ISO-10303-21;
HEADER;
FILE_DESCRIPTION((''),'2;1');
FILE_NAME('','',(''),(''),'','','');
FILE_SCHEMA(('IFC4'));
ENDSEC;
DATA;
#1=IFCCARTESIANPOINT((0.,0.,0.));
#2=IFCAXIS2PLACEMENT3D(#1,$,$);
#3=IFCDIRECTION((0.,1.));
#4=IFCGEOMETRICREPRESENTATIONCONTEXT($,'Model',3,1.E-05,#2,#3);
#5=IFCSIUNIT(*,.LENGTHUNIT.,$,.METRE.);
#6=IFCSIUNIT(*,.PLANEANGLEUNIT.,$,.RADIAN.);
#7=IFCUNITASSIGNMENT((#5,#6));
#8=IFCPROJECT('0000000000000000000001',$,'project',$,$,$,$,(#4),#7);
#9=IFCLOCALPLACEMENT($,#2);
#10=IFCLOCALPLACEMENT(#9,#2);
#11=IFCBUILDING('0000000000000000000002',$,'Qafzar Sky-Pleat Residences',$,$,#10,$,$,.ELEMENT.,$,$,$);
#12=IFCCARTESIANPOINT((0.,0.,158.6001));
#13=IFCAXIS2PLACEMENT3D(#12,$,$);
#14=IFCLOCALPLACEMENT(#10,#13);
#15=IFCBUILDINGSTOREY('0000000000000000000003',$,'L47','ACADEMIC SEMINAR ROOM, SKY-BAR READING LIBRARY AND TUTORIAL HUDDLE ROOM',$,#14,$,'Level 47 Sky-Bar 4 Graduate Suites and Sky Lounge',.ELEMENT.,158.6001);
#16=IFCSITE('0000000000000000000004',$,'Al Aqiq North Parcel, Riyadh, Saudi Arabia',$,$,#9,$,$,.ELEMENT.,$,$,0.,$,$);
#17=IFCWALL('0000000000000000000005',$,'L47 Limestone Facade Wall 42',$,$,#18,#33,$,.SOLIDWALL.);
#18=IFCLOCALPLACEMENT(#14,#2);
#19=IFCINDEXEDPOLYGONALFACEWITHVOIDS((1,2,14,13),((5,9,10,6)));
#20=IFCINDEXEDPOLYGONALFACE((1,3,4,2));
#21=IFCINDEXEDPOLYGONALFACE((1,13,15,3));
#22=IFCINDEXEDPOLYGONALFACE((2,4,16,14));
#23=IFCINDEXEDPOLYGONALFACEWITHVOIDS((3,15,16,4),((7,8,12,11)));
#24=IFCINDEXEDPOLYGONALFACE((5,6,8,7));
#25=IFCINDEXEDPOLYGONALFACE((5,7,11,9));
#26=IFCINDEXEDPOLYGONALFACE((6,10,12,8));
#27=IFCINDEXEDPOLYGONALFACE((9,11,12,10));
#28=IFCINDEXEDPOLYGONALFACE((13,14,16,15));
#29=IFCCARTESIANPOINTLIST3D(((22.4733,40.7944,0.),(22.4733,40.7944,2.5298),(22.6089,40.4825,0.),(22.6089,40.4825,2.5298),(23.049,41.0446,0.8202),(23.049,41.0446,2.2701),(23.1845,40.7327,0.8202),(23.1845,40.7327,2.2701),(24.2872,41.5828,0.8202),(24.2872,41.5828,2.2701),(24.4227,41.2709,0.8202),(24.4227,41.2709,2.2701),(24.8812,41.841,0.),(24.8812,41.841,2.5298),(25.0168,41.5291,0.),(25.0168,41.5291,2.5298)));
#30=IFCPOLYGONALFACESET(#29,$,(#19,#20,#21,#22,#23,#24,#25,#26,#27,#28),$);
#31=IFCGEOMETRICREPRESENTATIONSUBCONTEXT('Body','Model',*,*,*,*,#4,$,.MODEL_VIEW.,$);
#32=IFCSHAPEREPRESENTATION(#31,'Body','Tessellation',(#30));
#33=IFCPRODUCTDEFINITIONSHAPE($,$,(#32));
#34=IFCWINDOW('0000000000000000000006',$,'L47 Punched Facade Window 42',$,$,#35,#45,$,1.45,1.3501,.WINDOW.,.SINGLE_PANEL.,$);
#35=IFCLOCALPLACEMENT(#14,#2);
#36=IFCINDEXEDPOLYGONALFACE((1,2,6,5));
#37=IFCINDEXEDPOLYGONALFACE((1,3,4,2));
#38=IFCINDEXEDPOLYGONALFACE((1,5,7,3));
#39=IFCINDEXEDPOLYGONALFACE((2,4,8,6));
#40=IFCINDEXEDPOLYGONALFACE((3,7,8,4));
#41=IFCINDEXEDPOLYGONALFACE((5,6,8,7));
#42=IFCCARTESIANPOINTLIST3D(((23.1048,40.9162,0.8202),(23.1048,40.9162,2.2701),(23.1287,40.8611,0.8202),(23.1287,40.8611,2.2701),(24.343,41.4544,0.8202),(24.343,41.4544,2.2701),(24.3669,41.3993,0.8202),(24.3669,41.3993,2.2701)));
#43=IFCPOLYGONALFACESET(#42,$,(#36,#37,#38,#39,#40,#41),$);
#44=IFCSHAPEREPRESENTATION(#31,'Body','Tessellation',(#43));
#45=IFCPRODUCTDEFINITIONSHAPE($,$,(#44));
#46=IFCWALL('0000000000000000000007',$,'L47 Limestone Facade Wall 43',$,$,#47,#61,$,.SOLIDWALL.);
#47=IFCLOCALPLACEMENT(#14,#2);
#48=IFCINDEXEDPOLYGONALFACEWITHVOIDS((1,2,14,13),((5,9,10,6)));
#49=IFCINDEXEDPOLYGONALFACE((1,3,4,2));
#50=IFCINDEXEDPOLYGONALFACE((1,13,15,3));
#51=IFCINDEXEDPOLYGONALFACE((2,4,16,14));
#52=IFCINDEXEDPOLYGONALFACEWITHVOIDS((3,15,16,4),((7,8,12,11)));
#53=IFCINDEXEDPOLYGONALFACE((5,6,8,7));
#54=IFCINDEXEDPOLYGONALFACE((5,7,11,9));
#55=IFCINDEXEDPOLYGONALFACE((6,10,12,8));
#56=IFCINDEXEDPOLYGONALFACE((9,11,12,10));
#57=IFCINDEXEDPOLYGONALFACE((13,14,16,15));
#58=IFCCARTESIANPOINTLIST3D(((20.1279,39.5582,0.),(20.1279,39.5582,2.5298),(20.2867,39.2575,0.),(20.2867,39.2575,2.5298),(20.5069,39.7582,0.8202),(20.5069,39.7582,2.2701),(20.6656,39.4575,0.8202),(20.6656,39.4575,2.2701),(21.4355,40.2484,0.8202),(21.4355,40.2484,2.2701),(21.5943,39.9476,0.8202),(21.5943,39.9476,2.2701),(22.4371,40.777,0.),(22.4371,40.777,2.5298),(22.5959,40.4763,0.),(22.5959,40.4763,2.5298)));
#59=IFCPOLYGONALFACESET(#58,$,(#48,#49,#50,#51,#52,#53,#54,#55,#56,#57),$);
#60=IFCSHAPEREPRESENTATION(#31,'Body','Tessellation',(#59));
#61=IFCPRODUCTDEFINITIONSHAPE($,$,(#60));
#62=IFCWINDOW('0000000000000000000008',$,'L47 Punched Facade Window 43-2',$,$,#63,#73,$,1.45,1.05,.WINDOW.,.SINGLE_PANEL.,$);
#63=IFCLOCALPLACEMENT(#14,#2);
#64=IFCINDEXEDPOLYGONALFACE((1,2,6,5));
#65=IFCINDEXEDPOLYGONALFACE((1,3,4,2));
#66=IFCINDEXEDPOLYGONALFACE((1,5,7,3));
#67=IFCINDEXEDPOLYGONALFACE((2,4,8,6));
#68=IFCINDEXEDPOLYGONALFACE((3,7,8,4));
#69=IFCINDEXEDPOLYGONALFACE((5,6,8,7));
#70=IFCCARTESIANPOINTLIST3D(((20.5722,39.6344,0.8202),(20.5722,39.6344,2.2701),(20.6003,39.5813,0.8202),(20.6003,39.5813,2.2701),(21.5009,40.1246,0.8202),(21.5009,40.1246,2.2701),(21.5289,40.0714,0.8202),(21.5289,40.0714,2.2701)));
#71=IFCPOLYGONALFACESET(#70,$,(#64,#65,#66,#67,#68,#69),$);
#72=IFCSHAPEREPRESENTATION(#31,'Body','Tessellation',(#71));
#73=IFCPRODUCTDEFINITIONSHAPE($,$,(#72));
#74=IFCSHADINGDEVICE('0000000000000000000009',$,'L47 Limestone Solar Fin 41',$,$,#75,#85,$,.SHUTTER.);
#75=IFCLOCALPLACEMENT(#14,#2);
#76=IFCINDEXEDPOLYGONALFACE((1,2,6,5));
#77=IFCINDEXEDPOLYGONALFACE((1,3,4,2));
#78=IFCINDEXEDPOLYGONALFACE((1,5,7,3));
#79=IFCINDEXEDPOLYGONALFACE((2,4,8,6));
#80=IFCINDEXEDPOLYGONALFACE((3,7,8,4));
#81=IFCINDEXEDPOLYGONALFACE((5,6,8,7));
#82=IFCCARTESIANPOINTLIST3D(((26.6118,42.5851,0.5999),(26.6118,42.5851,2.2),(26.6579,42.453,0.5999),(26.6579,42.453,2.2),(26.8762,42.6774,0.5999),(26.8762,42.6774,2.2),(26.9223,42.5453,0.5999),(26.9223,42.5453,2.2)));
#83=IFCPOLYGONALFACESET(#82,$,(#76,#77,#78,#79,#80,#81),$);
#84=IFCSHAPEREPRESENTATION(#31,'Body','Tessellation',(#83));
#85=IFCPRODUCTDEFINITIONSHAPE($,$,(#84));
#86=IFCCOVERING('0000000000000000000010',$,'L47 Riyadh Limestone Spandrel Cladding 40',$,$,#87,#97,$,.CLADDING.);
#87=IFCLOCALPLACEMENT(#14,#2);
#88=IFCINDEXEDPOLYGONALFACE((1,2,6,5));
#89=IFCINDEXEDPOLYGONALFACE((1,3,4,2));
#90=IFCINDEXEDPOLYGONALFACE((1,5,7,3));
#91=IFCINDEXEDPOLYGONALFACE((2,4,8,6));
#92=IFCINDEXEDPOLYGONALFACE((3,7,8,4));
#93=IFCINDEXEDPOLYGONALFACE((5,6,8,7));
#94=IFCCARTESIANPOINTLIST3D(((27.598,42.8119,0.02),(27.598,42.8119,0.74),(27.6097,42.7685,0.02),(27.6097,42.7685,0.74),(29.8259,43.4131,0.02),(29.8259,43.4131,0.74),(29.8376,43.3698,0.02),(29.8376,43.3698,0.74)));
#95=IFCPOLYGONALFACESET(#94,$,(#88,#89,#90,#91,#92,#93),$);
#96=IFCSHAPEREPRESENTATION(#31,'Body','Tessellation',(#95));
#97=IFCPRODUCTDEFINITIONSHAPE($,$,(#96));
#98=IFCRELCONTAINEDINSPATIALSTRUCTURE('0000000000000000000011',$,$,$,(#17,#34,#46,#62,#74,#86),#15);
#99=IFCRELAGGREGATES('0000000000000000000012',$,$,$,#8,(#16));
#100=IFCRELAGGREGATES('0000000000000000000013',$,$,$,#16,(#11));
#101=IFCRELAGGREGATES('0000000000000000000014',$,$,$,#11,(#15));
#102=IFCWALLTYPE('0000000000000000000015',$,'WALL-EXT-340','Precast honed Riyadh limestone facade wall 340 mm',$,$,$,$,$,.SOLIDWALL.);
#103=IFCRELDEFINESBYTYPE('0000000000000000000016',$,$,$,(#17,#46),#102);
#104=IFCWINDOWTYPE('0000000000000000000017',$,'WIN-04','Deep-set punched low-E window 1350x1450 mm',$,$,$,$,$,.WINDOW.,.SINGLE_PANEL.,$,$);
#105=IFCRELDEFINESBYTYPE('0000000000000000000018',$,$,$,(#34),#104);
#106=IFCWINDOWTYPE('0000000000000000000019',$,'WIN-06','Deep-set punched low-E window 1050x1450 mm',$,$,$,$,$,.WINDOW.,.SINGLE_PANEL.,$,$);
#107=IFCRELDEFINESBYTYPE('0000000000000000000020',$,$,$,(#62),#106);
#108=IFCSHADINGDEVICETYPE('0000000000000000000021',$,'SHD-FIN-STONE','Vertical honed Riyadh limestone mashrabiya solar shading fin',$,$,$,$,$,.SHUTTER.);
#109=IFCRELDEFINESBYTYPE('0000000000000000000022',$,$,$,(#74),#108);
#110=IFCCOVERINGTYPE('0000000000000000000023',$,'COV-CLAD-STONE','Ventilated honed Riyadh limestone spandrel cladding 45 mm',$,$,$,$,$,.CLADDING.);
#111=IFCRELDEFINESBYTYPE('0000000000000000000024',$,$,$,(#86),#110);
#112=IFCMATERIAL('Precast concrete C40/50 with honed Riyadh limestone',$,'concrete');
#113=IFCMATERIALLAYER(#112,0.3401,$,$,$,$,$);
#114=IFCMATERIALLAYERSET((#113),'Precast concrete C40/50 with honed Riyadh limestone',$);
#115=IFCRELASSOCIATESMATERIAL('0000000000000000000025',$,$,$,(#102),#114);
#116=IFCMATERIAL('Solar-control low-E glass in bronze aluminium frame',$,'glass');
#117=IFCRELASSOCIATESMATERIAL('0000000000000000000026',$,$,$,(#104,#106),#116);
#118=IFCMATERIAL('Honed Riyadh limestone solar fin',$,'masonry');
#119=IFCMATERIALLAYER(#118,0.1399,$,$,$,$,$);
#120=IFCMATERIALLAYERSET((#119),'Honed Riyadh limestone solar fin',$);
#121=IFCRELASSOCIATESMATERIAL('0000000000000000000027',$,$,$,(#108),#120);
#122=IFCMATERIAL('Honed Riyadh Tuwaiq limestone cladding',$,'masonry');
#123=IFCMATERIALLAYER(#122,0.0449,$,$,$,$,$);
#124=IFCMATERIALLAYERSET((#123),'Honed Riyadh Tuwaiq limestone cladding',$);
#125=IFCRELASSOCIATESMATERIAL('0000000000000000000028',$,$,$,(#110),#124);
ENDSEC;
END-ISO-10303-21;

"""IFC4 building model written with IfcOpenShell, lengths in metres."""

from ifc_helpers import new_model, si_unit, direction, frame, frame_2d, origin, origin_2d, place, context, subcontext, project, spatial, rectangle, extrude, source, transform, mapped, material, layer, layer_set, type_object, element, fill, save


model = new_model("IFC4")

# Units and contexts
model_context = context("Model", 3, precision=1e-05, world=origin(), true_north=direction((0.0, 1.0)))
body_context = subcontext(model_context, "Body", "Model", "MODEL_VIEW")
ifc_project = project(units=[si_unit("LENGTHUNIT", "METRE"), si_unit("PLANEANGLEUNIT", "RADIAN")], contexts=[model_context])

# Site, building, storey
site_placement = place(None, origin())
site = spatial("IfcSite", under=ifc_project, at=site_placement, Name="Al Aqiq North Parcel, Riyadh, Saudi Arabia", CompositionType="ELEMENT", RefElevation=0.0)
building_placement = place(site_placement, origin())
building = spatial("IfcBuilding", under=site, at=building_placement, Name="Qafzar Sky-Pleat Residences", CompositionType="ELEMENT")
storey_placement = place(building_placement, frame((0.0, 0.0, 158.6001)))
storey = spatial("IfcBuildingStorey", under=building, at=storey_placement, Name="L47", Description="ACADEMIC SEMINAR ROOM, SKY-BAR READING LIBRARY AND TUTORIAL HUDDLE ROOM", LongName="Level 47 Sky-Bar 4 Graduate Suites and Sky Lounge", CompositionType="ELEMENT", Elevation=158.6001)

# Shared definitions
ifc_material_1 = material(Name="Precast concrete C40/50 with honed Riyadh limestone", Category="concrete")
ifc_layer_1 = layer(ifc_material_1, 0.3401)
ifc_layer_set_1 = layer_set([ifc_layer_1], Name="Precast concrete C40/50 with honed Riyadh limestone")
wall_type_1 = type_object("IfcWallType", Name="WALL-EXT-340", Description="Precast honed Riyadh limestone facade wall 340 mm", PredefinedType="SOLIDWALL", material=ifc_layer_set_1)

# Walls, openings, windows
ifc_material_2 = material(Name="Solar-control low-E glass in bronze aluminium frame", Category="glass")
wall_1_placement = place(storey_placement, frame((24.949, 41.6851, 0.0), z_axis=(0.0, 0.0, 1.0), x_axis=(-0.917113, -0.398628, 0.0)))
wall_1 = element("IfcWall", 1, at=wall_1_placement, inside=storey, type_object=wall_type_1, Name="L47 Limestone Facade Wall 42", PredefinedType="SOLIDWALL", context=body_context, shape_type="SweptSolid", body=[
    extrude(rectangle(XDim=2.6255, YDim=0.3401, at=frame_2d((1.3127, 0.0))), origin(), (0.0, 0.0, 1.0), 2.5298),
])
opening_1_placement = place(wall_1_placement, frame((0.6477, 0.0, 0.8201)))
opening_1 = element("IfcOpeningElement", 2, at=opening_1_placement, cuts=wall_1, PredefinedType="OPENING", context=body_context, shape_type="SweptSolid", body=[
    extrude(rectangle(XDim=1.3501, YDim=1.45, at=frame_2d((0.675, 0.7251))), frame((0.0, 0.1802, 0.0), z_axis=(0.0, -1.0, 0.0), x_axis=(1.0, 0.0, 0.0)), (0.0, 0.0, 1.0), 0.3601),
])
window_type_1 = type_object("IfcWindowType", Name="WIN-04", Description="Deep-set punched low-E window 1350x1450 mm", PartitioningType="SINGLE_PANEL", PredefinedType="WINDOW", material=ifc_material_2)
shared_shape_1 = source(origin(), body_context, "Body", "SweptSolid", [
    extrude(rectangle(XDim=1.3501, YDim=1.45, at=frame_2d((0.675, 0.7251))), frame((0.0, 0.03, 0.0), z_axis=(0.0, -1.0, 0.0), x_axis=(1.0, 0.0, 0.0)), (0.0, 0.0, 1.0), 0.0601),
])
window_1_placement = place(opening_1_placement, origin())
window_1 = element("IfcWindow", 3, at=window_1_placement, inside=storey, type_object=window_type_1, Name="L47 Punched Facade Window 42", OverallHeight=1.45, OverallWidth=1.3501, PartitioningType="SINGLE_PANEL", PredefinedType="WINDOW", context=body_context, shape_type="MappedRepresentation", body=[
    mapped(shared_shape_1, transform((0.0, 0.0, 0.0), x_axis=(1.0, 0.0, 0.0), y_axis=(0.0, 1.0, 0.0), z_axis=(0.0, 0.0, 1.0), scale=1.0)),
])
fill(opening_1, window_1)
wall_2_placement = place(storey_placement, frame((22.5166, 40.6267, 0.0), z_axis=(0.0, 0.0, 1.0), x_axis=(-0.884374, -0.466779, 0.0)))
wall_2 = element("IfcWall", 4, at=wall_2_placement, inside=storey, type_object=wall_type_1, Name="L47 Limestone Facade Wall 43", PredefinedType="SOLIDWALL", context=body_context, shape_type="SweptSolid", body=[
    extrude(rectangle(XDim=2.6111, YDim=0.3401, at=frame_2d((1.3057, 0.0))), origin(), (0.0, 0.0, 1.0), 2.5298),
])
opening_2_placement = place(wall_2_placement, frame((1.1328, 0.0, 0.8201)))
opening_2 = element("IfcOpeningElement", 5, at=opening_2_placement, cuts=wall_2, PredefinedType="OPENING", context=body_context, shape_type="SweptSolid", body=[
    extrude(rectangle(XDim=1.05, YDim=1.45, at=frame_2d((0.5249, 0.7251))), frame((0.0, 0.1802, 0.0), z_axis=(0.0, -1.0, 0.0), x_axis=(1.0, 0.0, 0.0)), (0.0, 0.0, 1.0), 0.3601),
])
window_type_2 = type_object("IfcWindowType", Name="WIN-06", Description="Deep-set punched low-E window 1050x1450 mm", PartitioningType="SINGLE_PANEL", PredefinedType="WINDOW", material=ifc_material_2)
shared_shape_2 = source(origin(), body_context, "Body", "SweptSolid", [
    extrude(rectangle(XDim=1.05, YDim=1.45, at=frame_2d((0.5249, 0.7251))), frame((0.0, 0.03, 0.0), z_axis=(0.0, -1.0, 0.0), x_axis=(1.0, 0.0, 0.0)), (0.0, 0.0, 1.0), 0.0601),
])
window_2_placement = place(opening_2_placement, origin())
window_2 = element("IfcWindow", 6, at=window_2_placement, inside=storey, type_object=window_type_2, Name="L47 Punched Facade Window 43-2", OverallHeight=1.45, OverallWidth=1.05, PartitioningType="SINGLE_PANEL", PredefinedType="WINDOW", context=body_context, shape_type="MappedRepresentation", body=[
    mapped(shared_shape_2, transform((0.0, 0.0, 0.0), x_axis=(1.0, 0.0, 0.0), y_axis=(0.0, 1.0, 0.0), z_axis=(0.0, 0.0, 1.0), scale=1.0)),
])
fill(opening_2, window_2)

# Shading device
ifc_material_3 = material(Name="Honed Riyadh limestone solar fin", Category="masonry")
ifc_layer_2 = layer(ifc_material_3, 0.1399)
ifc_layer_set_2 = layer_set([ifc_layer_2], Name="Honed Riyadh limestone solar fin")
shading_device_type = type_object("IfcShadingDeviceType", Name="SHD-FIN-STONE", Description="Vertical honed Riyadh limestone mashrabiya solar shading fin", PredefinedType="SHUTTER", material=ifc_layer_set_2)
shared_shape_3 = source(origin(), body_context, "Body", "SweptSolid", [
    extrude(rectangle(XDim=0.1399, YDim=0.28, at=origin_2d()), origin(), (0.0, 0.0, 1.0), 1.6001),
])
shading_device_placement = place(storey_placement, frame((26.7671, 42.5652, 0.5999), z_axis=(0.0, 0.0, 1.0), x_axis=(-0.329563, 0.944134, 0.0)))
element("IfcShadingDevice", 7, at=shading_device_placement, inside=storey, type_object=shading_device_type, Name="L47 Limestone Solar Fin 41", PredefinedType="SHUTTER", context=body_context, shape_type="MappedRepresentation", body=[
    mapped(shared_shape_3, transform((0.0, 0.0, 0.0), x_axis=(1.0, 0.0, 0.0), y_axis=(0.0, 1.0, 0.0), z_axis=(0.0, 0.0, 1.0), scale=1.0)),
])

# Covering
ifc_material_4 = material(Name="Honed Riyadh Tuwaiq limestone cladding", Category="masonry")
ifc_layer_3 = layer(ifc_material_4, 0.0449)
ifc_layer_set_3 = layer_set([ifc_layer_3], Name="Honed Riyadh Tuwaiq limestone cladding")
covering_type = type_object("IfcCoveringType", Name="COV-CLAD-STONE", Description="Ventilated honed Riyadh limestone spandrel cladding 45 mm", PredefinedType="CLADDING", material=ifc_layer_set_3)
shared_shape_4 = source(origin(), body_context, "Body", "SweptSolid", [
    extrude(rectangle(XDim=2.3076, YDim=0.0449, at=origin_2d()), origin(), (0.0, 0.0, 1.0), 0.72),
])
covering_placement = place(storey_placement, frame((28.7178, 43.0908, 0.02), z_axis=(0.0, 0.0, 1.0), x_axis=(-0.965457, -0.260562, 0.0)))
element("IfcCovering", 8, at=covering_placement, inside=storey, type_object=covering_type, Name="L47 Riyadh Limestone Spandrel Cladding 40", PredefinedType="CLADDING", context=body_context, shape_type="MappedRepresentation", body=[
    mapped(shared_shape_4, transform((0.0, 0.0, 0.0), x_axis=(1.0, 0.0, 0.0), y_axis=(0.0, 1.0, 0.0), z_axis=(0.0, 0.0, 1.0), scale=1.0)),
])

save(model, "model.ifc")
